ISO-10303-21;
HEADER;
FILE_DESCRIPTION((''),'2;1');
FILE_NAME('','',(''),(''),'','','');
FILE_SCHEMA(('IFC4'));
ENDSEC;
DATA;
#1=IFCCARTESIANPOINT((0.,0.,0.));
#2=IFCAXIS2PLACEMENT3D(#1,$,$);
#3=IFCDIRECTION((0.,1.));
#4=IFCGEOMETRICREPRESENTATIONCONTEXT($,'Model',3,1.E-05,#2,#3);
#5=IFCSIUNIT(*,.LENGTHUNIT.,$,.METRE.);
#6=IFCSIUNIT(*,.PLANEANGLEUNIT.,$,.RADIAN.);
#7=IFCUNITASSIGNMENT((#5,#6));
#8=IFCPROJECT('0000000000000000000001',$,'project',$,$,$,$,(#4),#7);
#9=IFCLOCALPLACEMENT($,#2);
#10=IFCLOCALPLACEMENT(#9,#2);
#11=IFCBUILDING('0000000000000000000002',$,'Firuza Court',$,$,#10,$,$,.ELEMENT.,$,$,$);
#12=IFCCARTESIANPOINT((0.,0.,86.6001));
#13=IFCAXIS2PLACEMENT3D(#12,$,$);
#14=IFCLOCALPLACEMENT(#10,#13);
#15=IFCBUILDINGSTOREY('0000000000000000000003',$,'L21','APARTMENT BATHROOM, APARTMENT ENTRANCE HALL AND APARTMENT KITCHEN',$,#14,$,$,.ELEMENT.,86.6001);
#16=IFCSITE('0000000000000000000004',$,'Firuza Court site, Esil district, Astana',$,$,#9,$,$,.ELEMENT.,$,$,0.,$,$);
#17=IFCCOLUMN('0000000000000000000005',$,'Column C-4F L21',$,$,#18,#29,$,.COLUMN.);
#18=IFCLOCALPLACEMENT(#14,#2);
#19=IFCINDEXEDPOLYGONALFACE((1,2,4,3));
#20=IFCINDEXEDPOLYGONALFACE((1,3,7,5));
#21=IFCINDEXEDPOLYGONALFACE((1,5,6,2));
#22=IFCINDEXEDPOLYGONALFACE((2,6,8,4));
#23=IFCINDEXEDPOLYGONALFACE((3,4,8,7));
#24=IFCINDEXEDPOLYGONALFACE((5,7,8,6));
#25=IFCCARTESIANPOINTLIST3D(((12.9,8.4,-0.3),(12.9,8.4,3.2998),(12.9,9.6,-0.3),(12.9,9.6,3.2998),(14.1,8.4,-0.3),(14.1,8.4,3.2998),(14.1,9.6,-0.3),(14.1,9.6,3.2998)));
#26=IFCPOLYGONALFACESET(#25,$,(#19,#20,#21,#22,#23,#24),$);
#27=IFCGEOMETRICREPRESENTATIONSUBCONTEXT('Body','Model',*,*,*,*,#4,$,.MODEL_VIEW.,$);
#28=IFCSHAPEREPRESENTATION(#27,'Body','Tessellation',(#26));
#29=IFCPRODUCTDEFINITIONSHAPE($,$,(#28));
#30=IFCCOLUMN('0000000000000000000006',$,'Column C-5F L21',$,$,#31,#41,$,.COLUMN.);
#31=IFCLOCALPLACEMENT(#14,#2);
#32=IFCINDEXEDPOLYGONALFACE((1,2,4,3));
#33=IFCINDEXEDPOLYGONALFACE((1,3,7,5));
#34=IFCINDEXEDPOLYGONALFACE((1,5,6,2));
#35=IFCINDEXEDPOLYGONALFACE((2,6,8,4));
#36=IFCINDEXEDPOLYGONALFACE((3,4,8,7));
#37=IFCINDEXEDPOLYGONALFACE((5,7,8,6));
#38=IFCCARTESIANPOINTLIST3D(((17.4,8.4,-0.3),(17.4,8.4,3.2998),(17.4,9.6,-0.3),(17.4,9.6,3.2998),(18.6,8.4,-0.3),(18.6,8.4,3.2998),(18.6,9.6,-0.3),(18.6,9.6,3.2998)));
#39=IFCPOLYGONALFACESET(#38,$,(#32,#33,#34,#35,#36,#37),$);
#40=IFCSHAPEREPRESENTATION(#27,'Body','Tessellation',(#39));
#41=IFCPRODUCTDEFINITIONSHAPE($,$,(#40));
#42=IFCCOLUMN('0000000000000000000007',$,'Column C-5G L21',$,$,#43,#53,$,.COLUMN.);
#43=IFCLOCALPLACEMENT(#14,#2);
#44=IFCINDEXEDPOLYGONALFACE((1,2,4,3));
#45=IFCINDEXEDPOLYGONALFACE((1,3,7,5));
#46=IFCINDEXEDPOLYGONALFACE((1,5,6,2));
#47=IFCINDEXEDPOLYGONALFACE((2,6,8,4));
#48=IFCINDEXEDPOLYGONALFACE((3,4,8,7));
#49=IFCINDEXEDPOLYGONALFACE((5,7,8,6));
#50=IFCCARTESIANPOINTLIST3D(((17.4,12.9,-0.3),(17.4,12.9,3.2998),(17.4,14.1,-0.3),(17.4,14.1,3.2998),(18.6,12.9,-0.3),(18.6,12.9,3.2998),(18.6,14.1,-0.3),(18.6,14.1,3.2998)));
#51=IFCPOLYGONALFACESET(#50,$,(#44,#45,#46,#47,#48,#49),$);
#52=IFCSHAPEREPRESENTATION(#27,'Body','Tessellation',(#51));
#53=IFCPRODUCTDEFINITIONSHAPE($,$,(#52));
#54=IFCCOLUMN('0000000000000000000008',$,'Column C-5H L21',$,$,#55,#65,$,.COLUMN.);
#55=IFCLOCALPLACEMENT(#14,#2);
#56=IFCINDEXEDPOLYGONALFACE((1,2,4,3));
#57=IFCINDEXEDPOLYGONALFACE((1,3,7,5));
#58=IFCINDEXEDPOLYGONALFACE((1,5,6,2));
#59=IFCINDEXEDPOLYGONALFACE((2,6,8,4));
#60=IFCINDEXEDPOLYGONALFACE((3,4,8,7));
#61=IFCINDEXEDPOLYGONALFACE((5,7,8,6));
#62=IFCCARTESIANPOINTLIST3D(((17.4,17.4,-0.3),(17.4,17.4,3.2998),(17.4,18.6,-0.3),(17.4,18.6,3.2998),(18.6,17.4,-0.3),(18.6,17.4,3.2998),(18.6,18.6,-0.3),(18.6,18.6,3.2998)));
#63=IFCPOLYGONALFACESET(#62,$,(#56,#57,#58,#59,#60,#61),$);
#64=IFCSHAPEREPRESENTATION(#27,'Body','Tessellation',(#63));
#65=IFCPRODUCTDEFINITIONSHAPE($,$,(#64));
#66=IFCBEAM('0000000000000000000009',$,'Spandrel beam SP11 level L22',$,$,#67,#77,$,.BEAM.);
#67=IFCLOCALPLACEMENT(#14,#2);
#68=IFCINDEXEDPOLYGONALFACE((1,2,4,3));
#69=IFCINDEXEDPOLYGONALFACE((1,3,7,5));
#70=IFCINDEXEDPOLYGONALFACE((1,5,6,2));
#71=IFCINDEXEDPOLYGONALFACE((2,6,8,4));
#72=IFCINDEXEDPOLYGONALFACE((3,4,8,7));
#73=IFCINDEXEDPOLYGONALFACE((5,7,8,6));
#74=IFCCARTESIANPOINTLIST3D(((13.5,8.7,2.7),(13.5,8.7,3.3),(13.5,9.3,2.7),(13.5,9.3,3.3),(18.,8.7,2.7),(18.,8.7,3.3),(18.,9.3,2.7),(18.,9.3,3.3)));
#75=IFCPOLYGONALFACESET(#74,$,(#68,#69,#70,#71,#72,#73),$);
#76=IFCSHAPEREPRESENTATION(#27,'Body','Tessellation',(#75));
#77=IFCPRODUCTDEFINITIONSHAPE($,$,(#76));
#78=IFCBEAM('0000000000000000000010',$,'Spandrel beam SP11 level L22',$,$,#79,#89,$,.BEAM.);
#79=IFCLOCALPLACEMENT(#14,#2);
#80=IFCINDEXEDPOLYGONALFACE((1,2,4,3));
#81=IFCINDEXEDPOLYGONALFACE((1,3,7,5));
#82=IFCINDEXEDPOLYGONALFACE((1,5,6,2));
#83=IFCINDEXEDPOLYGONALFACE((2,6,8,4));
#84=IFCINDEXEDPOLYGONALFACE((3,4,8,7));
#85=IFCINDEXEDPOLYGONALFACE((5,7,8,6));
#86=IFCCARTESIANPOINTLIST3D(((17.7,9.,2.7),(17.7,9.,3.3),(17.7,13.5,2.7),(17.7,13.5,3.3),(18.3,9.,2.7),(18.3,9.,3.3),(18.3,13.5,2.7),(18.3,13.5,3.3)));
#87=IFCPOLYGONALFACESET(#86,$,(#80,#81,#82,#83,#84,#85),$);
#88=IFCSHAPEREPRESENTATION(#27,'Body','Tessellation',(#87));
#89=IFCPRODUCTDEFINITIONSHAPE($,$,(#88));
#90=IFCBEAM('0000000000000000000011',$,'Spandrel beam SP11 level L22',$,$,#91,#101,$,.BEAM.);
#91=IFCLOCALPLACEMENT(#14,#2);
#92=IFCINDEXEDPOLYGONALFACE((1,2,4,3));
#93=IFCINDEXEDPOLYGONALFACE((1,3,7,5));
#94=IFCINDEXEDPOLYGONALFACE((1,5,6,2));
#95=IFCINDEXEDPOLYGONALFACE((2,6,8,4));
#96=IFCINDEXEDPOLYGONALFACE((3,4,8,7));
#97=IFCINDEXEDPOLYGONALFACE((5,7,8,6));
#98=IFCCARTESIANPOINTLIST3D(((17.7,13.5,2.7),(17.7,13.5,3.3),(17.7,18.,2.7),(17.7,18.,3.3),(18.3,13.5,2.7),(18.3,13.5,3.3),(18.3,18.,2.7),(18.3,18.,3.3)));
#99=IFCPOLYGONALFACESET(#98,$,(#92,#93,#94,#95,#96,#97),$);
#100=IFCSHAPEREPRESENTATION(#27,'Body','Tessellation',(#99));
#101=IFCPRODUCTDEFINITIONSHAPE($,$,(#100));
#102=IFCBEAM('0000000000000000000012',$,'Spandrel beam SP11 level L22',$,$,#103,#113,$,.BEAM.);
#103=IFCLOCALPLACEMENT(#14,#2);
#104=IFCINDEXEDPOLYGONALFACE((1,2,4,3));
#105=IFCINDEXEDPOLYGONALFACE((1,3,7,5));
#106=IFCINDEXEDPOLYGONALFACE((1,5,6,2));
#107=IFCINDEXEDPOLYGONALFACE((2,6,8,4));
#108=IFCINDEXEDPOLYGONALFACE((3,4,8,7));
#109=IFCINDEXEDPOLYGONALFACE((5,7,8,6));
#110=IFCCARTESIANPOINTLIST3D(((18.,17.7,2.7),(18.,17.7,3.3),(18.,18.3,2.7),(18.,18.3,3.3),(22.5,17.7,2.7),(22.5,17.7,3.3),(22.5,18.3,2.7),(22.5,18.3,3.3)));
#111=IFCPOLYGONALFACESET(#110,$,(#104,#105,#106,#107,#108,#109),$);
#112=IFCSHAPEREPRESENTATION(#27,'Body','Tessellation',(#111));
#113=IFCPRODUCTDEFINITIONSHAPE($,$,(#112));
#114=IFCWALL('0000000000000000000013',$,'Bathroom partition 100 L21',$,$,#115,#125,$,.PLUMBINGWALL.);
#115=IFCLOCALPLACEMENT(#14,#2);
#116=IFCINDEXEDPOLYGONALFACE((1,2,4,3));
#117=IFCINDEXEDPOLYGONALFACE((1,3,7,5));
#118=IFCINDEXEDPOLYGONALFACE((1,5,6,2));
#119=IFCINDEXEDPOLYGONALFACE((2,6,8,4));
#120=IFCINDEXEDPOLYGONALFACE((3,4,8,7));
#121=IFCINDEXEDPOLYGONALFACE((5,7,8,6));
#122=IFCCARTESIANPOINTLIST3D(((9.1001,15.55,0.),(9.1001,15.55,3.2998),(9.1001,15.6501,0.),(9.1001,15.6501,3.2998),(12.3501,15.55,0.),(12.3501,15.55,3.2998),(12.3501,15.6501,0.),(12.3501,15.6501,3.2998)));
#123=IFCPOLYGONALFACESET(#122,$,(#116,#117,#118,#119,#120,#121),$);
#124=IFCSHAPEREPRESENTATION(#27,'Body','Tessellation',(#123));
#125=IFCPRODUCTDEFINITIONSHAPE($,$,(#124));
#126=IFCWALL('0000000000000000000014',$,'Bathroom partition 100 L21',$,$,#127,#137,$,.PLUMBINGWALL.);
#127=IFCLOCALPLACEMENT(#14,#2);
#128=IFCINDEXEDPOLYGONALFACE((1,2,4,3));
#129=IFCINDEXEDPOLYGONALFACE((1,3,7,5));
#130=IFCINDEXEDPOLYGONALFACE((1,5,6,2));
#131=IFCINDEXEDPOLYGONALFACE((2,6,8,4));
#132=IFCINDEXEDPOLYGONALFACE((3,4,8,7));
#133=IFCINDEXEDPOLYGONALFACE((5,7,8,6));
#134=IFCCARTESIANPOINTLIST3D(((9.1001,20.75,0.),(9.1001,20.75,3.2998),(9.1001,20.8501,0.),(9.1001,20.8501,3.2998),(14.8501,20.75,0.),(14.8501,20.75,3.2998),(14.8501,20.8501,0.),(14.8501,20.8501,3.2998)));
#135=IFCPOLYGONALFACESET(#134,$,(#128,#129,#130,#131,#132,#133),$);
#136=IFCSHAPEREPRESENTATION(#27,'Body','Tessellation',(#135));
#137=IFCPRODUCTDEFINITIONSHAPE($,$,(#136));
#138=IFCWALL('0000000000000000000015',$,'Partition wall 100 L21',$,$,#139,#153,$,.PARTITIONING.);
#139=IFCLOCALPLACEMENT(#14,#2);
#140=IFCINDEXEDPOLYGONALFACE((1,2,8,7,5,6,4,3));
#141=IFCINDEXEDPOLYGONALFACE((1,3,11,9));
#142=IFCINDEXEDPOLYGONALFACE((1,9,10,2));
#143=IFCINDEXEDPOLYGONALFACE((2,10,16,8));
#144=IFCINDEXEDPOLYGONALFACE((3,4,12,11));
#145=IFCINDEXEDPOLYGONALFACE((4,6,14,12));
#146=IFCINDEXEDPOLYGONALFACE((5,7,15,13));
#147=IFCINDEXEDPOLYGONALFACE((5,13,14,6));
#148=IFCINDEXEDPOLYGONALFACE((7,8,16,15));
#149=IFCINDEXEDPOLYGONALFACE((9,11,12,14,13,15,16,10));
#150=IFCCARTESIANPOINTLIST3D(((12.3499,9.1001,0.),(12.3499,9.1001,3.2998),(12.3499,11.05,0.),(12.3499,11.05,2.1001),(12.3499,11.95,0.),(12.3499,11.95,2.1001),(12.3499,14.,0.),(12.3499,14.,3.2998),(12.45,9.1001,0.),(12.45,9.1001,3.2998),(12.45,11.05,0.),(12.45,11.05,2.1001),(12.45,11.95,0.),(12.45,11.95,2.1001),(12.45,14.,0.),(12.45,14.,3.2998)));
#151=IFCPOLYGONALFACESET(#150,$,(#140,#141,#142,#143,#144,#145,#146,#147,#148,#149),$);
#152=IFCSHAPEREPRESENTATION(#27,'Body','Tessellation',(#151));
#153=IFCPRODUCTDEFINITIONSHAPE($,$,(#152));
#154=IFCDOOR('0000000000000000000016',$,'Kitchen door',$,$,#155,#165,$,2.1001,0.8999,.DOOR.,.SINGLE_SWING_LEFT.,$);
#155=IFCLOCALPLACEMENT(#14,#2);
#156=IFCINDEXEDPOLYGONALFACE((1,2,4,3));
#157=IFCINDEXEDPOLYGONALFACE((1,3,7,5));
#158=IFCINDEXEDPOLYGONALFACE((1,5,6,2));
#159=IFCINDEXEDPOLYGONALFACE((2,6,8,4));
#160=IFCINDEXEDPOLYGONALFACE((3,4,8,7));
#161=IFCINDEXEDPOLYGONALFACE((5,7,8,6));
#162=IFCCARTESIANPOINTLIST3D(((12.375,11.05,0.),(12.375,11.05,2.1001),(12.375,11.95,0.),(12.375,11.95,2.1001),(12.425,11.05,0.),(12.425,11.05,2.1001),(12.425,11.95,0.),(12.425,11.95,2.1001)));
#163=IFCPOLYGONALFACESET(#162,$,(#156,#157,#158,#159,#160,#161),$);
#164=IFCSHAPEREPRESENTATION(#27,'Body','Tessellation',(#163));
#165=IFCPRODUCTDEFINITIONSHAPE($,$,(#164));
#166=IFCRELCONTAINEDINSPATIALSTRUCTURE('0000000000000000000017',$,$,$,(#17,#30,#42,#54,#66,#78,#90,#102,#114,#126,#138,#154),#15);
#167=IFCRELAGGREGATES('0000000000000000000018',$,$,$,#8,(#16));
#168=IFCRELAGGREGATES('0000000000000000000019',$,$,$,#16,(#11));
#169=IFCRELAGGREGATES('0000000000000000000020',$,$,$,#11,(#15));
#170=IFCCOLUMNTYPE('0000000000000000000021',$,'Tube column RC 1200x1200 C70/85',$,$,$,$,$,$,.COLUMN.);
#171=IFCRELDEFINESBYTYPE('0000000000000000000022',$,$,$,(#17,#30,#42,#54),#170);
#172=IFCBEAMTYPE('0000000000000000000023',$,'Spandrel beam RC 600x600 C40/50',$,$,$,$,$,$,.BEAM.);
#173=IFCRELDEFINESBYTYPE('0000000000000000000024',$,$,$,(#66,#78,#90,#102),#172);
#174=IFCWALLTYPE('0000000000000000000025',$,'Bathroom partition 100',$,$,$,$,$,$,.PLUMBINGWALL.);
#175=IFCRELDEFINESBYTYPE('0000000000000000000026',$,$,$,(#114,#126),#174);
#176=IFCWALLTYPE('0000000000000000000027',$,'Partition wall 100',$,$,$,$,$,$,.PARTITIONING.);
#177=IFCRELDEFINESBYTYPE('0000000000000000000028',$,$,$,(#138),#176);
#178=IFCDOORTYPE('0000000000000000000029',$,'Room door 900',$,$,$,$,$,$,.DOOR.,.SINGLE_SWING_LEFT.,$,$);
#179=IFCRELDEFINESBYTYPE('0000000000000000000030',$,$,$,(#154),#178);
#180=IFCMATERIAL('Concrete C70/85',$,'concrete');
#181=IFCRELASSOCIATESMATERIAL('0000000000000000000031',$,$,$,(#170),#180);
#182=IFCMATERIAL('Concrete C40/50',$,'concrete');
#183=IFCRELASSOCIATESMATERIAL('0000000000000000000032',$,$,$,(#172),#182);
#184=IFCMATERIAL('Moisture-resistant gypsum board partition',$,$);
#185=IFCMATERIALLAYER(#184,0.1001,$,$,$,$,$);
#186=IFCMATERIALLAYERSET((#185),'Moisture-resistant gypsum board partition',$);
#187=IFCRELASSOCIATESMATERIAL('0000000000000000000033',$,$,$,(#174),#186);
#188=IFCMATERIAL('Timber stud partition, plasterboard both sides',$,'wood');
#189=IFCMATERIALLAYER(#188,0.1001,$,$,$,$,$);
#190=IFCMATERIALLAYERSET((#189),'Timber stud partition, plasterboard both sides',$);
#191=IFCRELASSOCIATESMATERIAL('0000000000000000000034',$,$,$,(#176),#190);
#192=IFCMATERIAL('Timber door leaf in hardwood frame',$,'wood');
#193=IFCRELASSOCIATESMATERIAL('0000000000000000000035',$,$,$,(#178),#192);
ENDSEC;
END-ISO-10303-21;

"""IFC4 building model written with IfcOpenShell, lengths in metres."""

from ifc_helpers import new_model, si_unit, direction, frame, frame_2d, origin, origin_2d, place, context, subcontext, project, spatial, rectangle, extrude, material, layer, layer_set, material_profile, profile_set, type_object, element, fill, save


model = new_model("IFC4")

# Units and contexts
model_context = context("Model", 3, precision=1e-05, world=origin(), true_north=direction((0.0, 1.0)))
body_context = subcontext(model_context, "Body", "Model", "MODEL_VIEW")
ifc_project = project(units=[si_unit("LENGTHUNIT", "METRE"), si_unit("PLANEANGLEUNIT", "RADIAN")], contexts=[model_context])

# Site, building, storey
site_placement = place(None, origin())
site = spatial("IfcSite", under=ifc_project, at=site_placement, Name="Firuza Court site, Esil district, Astana", CompositionType="ELEMENT", RefElevation=0.0)
building_placement = place(site_placement, origin())
building = spatial("IfcBuilding", under=site, at=building_placement, Name="Firuza Court", CompositionType="ELEMENT")
storey_placement = place(building_placement, frame((0.0, 0.0, 86.6001)))
storey = spatial("IfcBuildingStorey", under=building, at=storey_placement, Name="L21", Description="APARTMENT BATHROOM, APARTMENT ENTRANCE HALL AND APARTMENT KITCHEN", CompositionType="ELEMENT", Elevation=86.6001)

# Columns
ifc_material_1 = material(Name="Concrete C70/85", Category="concrete")
ifc_material_profile_1 = material_profile(ifc_material_1, rectangle(XDim=1.2, YDim=1.2, at=origin_2d()), Name="RC 1200x1200")
ifc_profile_set_1 = profile_set([ifc_material_profile_1], Name="Concrete C70/85")
column_type = type_object("IfcColumnType", Name="Tube column RC 1200x1200 C70/85", PredefinedType="COLUMN", material=ifc_profile_set_1)
for number, where, z_axis, x_axis, name in (
    (1, (13.5, 9.0, -0.3), (0.0, 0.0, 1.0), (1.0, 0.0, 0.0), "Column C-4F L21"),
    (2, (18.0, 9.0, -0.3), (0.0, 0.0, 1.0), (1.0, 0.0, 0.0), "Column C-5F L21"),
    (3, (18.0, 13.5, -0.3), (0.0, 0.0, 1.0), (1.0, 0.0, 0.0), "Column C-5G L21"),
    (4, (18.0, 18.0, -0.3), (0.0, 0.0, 1.0), (1.0, 0.0, 0.0), "Column C-5H L21"),
):
    element("IfcColumn", number, at=place(storey_placement, frame(where, z_axis=z_axis, x_axis=x_axis)), inside=storey, type_object=column_type, Name=name, PredefinedType="COLUMN", context=body_context, shape_type="SweptSolid", body=[
        extrude(rectangle(XDim=1.2, YDim=1.2, at=origin_2d()), origin(), (0.0, 0.0, 1.0), 3.5999),
    ])

# Beams
ifc_material_2 = material(Name="Concrete C40/50", Category="concrete")
ifc_material_profile_2 = material_profile(ifc_material_2, rectangle(XDim=0.6001, YDim=0.6001, at=origin_2d()), Name="RC 600x600")
ifc_profile_set_2 = profile_set([ifc_material_profile_2], Name="Concrete C40/50")
beam_type = type_object("IfcBeamType", Name="Spandrel beam RC 600x600 C40/50", PredefinedType="BEAM", material=ifc_profile_set_2)
for number, where, z_axis, x_axis, name in (
    (5, (13.5, 9.0, 3.0), (1.0, 0.0, 0.0), (0.0, 1.0, 0.0), "Spandrel beam SP11 level L22"),
    (6, (18.0, 9.0, 3.0), (0.0, 1.0, 0.0), (-1.0, 0.0, 0.0), "Spandrel beam SP11 level L22"),
    (7, (18.0, 13.5, 3.0), (0.0, 1.0, 0.0), (-1.0, 0.0, 0.0), "Spandrel beam SP11 level L22"),
    (8, (18.0, 18.0, 3.0), (1.0, 0.0, 0.0), (0.0, 1.0, 0.0), "Spandrel beam SP11 level L22"),
):
    element("IfcBeam", number, at=place(storey_placement, frame(where, z_axis=z_axis, x_axis=x_axis)), inside=storey, type_object=beam_type, Name=name, PredefinedType="BEAM", context=body_context, shape_type="SweptSolid", body=[
        extrude(rectangle(XDim=0.6001, YDim=0.6001, at=origin_2d()), origin(), (0.0, 0.0, 1.0), 4.5),
    ])

# Walls
ifc_material_3 = material(Name="Moisture-resistant gypsum board partition")
ifc_layer_1 = layer(ifc_material_3, 0.1001)
ifc_layer_set_1 = layer_set([ifc_layer_1], Name="Moisture-resistant gypsum board partition")
wall_type_1 = type_object("IfcWallType", Name="Bathroom partition 100", PredefinedType="PLUMBINGWALL", material=ifc_layer_set_1)
wall_1_placement = place(storey_placement, frame((9.1001, 15.6001, 0.0), z_axis=(0.0, 0.0, 1.0), x_axis=(1.0, 0.0, 0.0)))
element("IfcWall", 9, at=wall_1_placement, inside=storey, type_object=wall_type_1, Name="Bathroom partition 100 L21", PredefinedType="PLUMBINGWALL", context=body_context, shape_type="SweptSolid", body=[
    extrude(rectangle(XDim=3.25, YDim=0.1001, at=frame_2d((1.625, 0.0))), origin(), (0.0, 0.0, 1.0), 3.2998),
])
wall_2_placement = place(storey_placement, frame((9.1001, 20.8, 0.0), z_axis=(0.0, 0.0, 1.0), x_axis=(1.0, 0.0, 0.0)))
element("IfcWall", 10, at=wall_2_placement, inside=storey, type_object=wall_type_1, Name="Bathroom partition 100 L21", PredefinedType="PLUMBINGWALL", context=body_context, shape_type="SweptSolid", body=[
    extrude(rectangle(XDim=5.75, YDim=0.1001, at=frame_2d((2.875, 0.0))), origin(), (0.0, 0.0, 1.0), 3.2998),
])

# Wall, opening, door
ifc_material_4 = material(Name="Timber stud partition, plasterboard both sides", Category="wood")
ifc_layer_2 = layer(ifc_material_4, 0.1001)
ifc_layer_set_2 = layer_set([ifc_layer_2], Name="Timber stud partition, plasterboard both sides")
wall_type_2 = type_object("IfcWallType", Name="Partition wall 100", PredefinedType="PARTITIONING", material=ifc_layer_set_2)
wall_3_placement = place(storey_placement, frame((12.3999, 9.1001, 0.0), z_axis=(0.0, 0.0, 1.0), x_axis=(0.0, 1.0, 0.0)))
wall_3 = element("IfcWall", 11, at=wall_3_placement, inside=storey, type_object=wall_type_2, Name="Partition wall 100 L21", PredefinedType="PARTITIONING", context=body_context, shape_type="SweptSolid", body=[
    extrude(rectangle(XDim=4.8999, YDim=0.1001, at=frame_2d((2.45, 0.0))), origin(), (0.0, 0.0, 1.0), 3.2998),
])
opening_1_placement = place(wall_3_placement, frame((1.95, 0.0, 0.0)))
opening_1 = element("IfcOpeningElement", 12, at=opening_1_placement, cuts=wall_3, PredefinedType="OPENING", context=body_context, shape_type="SweptSolid", body=[
    extrude(rectangle(XDim=0.8999, YDim=2.1001, at=frame_2d((0.45, 1.05))), frame((0.0, 0.062, 0.0), z_axis=(0.0, -1.0, 0.0), x_axis=(1.0, 0.0, 0.0)), (0.0, 0.0, 1.0), 0.124),
])
ifc_material_5 = material(Name="Timber door leaf in hardwood frame", Category="wood")
door_type_1 = type_object("IfcDoorType", Name="Room door 900", OperationType="SINGLE_SWING_LEFT", PredefinedType="DOOR", material=ifc_material_5)
door_1_placement = place(opening_1_placement, origin())
door_1 = element("IfcDoor", 13, at=door_1_placement, inside=storey, type_object=door_type_1, Name="Kitchen door", OperationType="SINGLE_SWING_LEFT", OverallHeight=2.1001, OverallWidth=0.8999, PredefinedType="DOOR", context=body_context, shape_type="SweptSolid", body=[
    extrude(rectangle(XDim=0.8999, YDim=2.1001, at=frame_2d((0.45, 1.05))), frame((0.0, 0.0249, 0.0), z_axis=(0.0, -1.0, 0.0), x_axis=(1.0, 0.0, 0.0)), (0.0, 0.0, 1.0), 0.05),
])
fill(opening_1, door_1)

save(model, "model.ifc")
